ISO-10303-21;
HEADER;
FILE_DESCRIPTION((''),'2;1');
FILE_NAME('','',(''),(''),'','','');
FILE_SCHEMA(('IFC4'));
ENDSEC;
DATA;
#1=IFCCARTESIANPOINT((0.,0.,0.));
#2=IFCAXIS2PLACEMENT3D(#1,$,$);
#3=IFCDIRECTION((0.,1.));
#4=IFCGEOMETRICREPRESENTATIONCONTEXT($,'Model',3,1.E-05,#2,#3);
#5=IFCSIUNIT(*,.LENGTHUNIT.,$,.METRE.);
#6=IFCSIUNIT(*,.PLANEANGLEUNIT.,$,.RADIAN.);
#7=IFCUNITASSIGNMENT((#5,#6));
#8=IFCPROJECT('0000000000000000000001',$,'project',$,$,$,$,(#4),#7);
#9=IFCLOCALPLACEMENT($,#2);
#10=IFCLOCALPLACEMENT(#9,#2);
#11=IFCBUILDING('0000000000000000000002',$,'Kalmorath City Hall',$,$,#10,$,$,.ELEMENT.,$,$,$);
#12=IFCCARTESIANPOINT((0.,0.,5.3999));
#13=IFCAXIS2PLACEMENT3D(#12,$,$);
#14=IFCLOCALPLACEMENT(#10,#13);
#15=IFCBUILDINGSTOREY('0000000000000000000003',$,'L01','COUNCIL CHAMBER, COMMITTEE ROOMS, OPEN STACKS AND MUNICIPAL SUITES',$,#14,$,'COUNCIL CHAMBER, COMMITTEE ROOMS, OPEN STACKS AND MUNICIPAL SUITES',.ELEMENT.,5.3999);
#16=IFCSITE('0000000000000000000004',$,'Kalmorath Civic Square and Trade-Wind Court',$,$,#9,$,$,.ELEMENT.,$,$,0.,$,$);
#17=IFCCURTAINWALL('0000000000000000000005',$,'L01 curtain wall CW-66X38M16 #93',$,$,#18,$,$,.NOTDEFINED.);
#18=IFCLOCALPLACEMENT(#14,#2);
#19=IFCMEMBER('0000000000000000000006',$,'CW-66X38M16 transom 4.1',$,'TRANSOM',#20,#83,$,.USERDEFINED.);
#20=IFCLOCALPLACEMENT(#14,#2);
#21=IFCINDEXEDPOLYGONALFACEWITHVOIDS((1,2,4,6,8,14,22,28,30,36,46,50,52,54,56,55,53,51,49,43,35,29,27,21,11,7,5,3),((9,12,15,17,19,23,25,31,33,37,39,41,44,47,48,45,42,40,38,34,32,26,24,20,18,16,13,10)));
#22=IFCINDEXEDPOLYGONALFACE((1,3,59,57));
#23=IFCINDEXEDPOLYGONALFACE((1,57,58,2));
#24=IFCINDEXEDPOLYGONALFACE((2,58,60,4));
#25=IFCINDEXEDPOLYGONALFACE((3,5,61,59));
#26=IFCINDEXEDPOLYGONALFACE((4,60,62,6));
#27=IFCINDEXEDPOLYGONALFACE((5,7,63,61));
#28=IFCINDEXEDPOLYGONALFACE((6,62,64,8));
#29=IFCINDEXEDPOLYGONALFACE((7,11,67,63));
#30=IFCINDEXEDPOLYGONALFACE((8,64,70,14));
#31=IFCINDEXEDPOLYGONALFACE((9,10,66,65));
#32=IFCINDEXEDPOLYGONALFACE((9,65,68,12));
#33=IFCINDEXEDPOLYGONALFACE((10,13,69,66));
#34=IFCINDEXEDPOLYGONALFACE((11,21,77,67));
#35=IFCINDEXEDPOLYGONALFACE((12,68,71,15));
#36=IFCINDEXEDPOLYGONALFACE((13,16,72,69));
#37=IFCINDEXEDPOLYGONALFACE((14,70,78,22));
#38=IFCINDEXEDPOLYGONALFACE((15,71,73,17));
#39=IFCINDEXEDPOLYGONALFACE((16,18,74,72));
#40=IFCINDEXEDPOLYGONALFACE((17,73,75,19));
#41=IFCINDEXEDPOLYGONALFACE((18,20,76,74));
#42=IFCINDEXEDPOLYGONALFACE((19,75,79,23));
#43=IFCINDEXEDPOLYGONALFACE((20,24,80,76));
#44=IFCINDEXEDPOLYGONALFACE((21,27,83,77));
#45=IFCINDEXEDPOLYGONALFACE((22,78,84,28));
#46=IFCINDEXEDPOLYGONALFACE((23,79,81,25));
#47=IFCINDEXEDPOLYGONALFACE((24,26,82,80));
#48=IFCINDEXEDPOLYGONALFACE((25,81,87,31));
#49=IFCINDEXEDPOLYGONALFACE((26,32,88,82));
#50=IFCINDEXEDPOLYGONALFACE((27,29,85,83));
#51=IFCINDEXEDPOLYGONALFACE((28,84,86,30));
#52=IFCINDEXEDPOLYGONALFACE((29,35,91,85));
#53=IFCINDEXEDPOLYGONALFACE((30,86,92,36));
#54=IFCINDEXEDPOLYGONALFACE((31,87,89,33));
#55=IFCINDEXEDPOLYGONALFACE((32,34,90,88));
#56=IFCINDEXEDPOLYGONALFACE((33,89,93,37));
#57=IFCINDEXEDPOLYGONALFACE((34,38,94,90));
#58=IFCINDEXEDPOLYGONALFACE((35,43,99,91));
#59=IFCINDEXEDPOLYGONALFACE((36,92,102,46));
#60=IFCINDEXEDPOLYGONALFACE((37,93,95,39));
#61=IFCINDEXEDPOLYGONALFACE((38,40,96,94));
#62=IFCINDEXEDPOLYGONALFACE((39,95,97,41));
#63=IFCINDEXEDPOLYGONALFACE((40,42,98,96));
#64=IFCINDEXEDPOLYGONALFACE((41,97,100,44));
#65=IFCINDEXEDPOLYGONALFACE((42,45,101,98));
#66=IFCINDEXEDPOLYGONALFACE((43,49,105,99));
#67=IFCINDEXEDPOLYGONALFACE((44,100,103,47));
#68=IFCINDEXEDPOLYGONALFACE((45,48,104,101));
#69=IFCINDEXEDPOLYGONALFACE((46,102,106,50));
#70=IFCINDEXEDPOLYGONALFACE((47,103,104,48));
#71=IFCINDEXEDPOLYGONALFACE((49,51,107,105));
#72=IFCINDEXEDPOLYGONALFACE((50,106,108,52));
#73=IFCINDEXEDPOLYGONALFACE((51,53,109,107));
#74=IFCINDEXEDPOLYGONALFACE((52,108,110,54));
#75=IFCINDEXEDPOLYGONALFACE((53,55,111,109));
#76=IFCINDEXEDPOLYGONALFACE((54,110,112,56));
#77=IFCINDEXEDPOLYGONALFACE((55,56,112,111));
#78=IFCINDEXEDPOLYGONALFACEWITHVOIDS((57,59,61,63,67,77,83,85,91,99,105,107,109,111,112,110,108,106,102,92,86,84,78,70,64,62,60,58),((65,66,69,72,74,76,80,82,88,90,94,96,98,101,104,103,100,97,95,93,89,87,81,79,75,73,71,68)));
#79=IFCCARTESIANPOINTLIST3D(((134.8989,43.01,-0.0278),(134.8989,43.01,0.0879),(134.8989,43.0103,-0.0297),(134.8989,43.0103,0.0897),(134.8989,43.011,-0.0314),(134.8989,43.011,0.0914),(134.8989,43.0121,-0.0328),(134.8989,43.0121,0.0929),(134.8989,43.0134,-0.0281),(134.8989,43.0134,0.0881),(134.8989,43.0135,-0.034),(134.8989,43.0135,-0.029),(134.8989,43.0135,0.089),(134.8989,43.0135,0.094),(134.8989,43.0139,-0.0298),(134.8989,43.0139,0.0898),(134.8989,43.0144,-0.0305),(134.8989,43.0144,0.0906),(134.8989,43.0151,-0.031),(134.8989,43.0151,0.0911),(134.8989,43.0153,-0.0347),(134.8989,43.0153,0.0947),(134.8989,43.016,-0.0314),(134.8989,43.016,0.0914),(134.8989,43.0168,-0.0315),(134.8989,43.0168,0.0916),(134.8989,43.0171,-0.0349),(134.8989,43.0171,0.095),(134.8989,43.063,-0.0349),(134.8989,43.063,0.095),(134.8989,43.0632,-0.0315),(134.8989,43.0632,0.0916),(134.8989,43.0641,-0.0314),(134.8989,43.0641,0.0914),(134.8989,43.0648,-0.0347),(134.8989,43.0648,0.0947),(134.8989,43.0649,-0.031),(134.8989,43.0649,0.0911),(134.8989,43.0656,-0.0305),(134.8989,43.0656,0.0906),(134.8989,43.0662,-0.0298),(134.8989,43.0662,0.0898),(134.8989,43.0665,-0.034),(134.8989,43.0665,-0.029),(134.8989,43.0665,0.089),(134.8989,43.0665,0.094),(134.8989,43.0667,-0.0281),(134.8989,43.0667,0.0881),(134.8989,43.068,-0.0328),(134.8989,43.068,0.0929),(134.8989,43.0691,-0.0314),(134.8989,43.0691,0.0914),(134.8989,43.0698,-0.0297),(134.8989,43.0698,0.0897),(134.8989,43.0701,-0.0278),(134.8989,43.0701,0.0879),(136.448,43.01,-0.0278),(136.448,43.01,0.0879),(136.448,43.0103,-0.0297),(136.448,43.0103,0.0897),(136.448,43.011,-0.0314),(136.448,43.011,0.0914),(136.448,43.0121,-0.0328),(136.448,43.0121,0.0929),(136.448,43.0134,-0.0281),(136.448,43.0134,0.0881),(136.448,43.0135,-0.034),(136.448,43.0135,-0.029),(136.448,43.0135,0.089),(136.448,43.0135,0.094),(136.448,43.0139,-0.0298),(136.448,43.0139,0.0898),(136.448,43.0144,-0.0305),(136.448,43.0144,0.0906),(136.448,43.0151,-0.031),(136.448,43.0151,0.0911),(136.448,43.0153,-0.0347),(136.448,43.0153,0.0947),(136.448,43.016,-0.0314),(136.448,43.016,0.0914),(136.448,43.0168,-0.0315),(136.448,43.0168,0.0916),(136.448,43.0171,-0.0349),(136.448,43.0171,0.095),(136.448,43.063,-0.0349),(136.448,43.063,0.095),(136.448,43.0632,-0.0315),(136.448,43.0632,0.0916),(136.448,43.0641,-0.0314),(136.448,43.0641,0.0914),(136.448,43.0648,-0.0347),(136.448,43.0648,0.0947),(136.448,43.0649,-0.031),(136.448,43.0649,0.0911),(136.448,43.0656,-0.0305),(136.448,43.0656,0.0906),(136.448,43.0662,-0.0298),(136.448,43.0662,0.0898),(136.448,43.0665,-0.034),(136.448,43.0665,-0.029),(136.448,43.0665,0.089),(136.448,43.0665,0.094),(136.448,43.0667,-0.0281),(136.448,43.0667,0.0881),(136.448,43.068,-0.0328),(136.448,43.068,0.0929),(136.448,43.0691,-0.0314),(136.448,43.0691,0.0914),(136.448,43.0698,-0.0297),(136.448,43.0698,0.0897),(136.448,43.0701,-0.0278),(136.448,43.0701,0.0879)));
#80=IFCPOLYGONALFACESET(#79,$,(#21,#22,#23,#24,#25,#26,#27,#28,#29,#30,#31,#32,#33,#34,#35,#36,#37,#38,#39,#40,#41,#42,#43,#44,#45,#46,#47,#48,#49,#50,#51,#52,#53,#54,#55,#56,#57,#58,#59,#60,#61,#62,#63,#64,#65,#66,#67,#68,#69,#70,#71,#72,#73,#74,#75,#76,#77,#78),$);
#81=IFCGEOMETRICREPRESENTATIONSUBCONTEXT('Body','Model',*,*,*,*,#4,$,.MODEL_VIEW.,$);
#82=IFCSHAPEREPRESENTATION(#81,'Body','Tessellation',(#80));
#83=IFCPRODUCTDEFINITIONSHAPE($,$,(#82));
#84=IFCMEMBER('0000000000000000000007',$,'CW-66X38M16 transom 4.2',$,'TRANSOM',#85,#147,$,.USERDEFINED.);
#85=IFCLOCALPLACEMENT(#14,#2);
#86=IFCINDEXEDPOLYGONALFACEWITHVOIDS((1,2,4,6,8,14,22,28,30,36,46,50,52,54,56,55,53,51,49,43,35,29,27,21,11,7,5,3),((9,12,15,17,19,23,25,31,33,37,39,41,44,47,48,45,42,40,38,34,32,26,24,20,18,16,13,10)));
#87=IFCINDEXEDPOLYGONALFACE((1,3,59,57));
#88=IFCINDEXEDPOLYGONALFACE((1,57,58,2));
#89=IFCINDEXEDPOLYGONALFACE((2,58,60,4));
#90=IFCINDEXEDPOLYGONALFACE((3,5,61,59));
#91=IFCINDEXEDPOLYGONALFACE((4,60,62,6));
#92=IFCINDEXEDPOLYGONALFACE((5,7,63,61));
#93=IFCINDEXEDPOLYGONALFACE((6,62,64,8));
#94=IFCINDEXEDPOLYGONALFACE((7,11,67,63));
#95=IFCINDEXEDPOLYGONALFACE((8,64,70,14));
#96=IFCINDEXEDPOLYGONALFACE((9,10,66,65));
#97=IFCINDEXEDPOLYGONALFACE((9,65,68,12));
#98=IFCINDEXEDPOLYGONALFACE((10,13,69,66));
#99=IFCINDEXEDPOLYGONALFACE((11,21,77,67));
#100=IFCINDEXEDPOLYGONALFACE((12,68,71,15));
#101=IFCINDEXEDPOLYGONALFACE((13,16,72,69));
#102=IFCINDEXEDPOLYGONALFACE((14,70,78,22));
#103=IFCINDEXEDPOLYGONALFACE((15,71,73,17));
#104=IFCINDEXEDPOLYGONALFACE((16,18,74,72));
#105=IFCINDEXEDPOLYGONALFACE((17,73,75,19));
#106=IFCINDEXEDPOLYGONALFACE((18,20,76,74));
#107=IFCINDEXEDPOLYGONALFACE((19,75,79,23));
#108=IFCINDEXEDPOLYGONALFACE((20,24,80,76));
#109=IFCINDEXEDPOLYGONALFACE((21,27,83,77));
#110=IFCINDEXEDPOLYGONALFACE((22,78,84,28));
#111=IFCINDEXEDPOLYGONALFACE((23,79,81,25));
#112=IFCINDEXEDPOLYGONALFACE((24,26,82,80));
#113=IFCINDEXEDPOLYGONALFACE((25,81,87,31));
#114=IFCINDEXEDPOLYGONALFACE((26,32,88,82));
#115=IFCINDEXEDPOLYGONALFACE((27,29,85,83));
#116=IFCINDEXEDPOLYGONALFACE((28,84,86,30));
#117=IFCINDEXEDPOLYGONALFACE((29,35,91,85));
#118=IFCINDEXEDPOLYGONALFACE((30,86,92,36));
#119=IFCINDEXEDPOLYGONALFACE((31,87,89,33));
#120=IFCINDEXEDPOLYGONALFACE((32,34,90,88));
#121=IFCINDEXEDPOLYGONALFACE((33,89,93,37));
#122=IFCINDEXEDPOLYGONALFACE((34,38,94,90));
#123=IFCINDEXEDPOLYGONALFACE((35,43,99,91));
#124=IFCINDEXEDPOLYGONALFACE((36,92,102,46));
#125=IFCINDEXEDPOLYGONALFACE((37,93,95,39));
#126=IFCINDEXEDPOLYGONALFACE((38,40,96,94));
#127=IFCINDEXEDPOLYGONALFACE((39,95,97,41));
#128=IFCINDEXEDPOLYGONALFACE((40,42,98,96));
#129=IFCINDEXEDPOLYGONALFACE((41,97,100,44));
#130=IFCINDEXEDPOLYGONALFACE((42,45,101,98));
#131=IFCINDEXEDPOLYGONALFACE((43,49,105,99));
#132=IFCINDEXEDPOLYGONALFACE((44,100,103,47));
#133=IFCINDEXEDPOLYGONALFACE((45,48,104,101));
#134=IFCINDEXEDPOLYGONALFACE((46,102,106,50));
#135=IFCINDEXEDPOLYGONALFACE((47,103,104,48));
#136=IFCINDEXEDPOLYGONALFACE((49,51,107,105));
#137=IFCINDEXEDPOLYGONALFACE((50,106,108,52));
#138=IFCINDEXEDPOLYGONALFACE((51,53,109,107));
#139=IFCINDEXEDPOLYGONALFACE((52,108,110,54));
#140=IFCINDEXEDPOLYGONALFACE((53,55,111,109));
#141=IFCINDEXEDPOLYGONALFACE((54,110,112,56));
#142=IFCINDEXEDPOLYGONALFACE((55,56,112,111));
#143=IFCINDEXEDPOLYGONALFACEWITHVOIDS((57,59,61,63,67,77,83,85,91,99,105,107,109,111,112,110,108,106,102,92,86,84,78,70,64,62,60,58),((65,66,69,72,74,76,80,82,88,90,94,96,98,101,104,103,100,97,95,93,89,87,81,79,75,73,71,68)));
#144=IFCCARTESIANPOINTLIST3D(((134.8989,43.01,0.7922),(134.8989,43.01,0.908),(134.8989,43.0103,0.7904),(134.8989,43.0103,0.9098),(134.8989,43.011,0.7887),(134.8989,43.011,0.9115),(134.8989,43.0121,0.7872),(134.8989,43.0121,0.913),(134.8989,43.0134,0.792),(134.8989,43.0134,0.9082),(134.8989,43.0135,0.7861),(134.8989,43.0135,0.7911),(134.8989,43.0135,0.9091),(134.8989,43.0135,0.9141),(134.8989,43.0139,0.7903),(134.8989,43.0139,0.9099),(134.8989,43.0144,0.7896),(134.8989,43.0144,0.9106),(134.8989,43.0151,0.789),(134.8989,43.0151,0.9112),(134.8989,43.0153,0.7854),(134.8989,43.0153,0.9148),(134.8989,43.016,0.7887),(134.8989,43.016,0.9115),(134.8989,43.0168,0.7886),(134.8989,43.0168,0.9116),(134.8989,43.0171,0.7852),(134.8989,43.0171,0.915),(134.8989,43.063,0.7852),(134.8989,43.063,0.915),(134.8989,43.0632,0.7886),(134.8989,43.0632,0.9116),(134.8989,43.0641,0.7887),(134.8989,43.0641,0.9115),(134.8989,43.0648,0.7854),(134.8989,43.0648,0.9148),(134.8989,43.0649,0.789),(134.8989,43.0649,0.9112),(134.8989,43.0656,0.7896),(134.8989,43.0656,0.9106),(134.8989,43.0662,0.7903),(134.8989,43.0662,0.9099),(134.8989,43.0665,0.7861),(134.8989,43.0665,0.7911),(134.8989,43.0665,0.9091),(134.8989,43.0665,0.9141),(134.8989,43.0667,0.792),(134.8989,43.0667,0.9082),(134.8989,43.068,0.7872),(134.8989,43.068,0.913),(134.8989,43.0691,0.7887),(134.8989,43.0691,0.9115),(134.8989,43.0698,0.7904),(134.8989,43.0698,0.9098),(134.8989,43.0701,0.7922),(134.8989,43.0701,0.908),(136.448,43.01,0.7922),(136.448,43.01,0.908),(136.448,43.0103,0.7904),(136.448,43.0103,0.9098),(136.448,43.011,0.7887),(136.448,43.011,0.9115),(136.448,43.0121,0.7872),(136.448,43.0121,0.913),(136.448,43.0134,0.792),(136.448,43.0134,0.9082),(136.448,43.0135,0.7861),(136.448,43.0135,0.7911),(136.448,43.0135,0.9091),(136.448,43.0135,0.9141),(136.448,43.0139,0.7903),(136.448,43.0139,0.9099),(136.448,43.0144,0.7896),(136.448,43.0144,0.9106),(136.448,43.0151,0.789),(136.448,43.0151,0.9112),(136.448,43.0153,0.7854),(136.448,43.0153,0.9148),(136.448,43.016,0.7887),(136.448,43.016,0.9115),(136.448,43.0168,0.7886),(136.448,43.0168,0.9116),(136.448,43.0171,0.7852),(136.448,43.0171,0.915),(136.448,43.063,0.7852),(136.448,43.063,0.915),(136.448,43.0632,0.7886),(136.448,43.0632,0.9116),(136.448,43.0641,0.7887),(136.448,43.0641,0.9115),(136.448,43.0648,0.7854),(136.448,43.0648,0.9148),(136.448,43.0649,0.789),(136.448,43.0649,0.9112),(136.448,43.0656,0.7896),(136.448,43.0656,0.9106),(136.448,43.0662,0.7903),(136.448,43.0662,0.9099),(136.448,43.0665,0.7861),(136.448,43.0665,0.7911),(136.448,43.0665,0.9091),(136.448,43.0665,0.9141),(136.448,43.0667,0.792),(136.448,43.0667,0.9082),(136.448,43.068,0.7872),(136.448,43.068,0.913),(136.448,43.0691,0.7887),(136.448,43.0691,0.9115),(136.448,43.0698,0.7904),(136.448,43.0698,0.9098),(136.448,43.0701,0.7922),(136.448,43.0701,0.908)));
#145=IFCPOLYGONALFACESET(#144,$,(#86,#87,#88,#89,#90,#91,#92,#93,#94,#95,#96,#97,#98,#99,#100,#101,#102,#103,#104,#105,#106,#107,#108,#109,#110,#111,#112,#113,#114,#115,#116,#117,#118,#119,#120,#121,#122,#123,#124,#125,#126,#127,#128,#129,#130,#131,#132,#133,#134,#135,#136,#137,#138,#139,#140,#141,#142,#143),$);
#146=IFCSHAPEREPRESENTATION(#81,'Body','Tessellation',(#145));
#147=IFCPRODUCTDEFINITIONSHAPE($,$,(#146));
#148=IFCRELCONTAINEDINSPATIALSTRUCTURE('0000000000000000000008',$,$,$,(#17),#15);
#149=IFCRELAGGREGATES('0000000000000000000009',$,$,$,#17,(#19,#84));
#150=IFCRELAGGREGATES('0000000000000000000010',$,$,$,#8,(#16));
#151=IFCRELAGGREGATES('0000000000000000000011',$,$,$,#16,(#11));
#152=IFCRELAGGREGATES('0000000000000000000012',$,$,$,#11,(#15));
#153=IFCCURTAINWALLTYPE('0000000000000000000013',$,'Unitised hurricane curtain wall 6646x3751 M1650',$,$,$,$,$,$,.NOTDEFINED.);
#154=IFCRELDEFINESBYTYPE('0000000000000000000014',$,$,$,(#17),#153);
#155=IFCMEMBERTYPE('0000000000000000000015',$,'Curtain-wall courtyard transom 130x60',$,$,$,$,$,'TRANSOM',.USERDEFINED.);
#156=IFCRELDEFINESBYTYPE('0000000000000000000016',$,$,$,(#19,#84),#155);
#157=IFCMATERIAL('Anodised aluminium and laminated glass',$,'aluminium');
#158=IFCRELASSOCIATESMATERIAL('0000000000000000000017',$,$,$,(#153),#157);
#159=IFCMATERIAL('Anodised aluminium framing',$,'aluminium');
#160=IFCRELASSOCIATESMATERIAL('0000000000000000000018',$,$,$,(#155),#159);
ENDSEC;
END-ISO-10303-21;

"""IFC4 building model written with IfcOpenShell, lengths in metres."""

from ifc_helpers import new_model, si_unit, direction, frame, origin, origin_2d, place, context, subcontext, project, spatial, hollow_rectangle, extrude, material, material_profile, profile_set, type_object, element, aggregate, save


model = new_model("IFC4")

# Units and contexts
model_context = context("Model", 3, precision=1e-05, world=origin(), true_north=direction((0.0, 1.0)))
body_context = subcontext(model_context, "Body", "Model", "MODEL_VIEW")
ifc_project = project(units=[si_unit("LENGTHUNIT", "METRE"), si_unit("PLANEANGLEUNIT", "RADIAN")], contexts=[model_context])

# Site, building, storey
site_placement = place(None, origin())
site = spatial("IfcSite", under=ifc_project, at=site_placement, Name="Kalmorath Civic Square and Trade-Wind Court", CompositionType="ELEMENT", RefElevation=0.0)
building_placement = place(site_placement, origin())
building = spatial("IfcBuilding", under=site, at=building_placement, Name="Kalmorath City Hall", CompositionType="ELEMENT")
storey_placement = place(building_placement, frame((0.0, 0.0, 5.3999)))
storey = spatial("IfcBuildingStorey", under=building, at=storey_placement, Name="L01", Description="COUNCIL CHAMBER, COMMITTEE ROOMS, OPEN STACKS AND MUNICIPAL SUITES", LongName="COUNCIL CHAMBER, COMMITTEE ROOMS, OPEN STACKS AND MUNICIPAL SUITES", CompositionType="ELEMENT", Elevation=5.3999)

# Curtain wall, members
ifc_material_1 = material(Name="Anodised aluminium and laminated glass", Category="aluminium")
curtain_wall_type_1 = type_object("IfcCurtainWallType", Name="Unitised hurricane curtain wall 6646x3751 M1650", PredefinedType="NOTDEFINED", material=ifc_material_1)
curtain_wall_1_placement = place(storey_placement, origin())
curtain_wall_1 = element("IfcCurtainWall", 1, at=curtain_wall_1_placement, inside=storey, type_object=curtain_wall_type_1, Name="L01 curtain wall CW-66X38M16 #93", PredefinedType="NOTDEFINED")
ifc_material_2 = material(Name="Anodised aluminium framing", Category="aluminium")
ifc_material_profile_1 = material_profile(ifc_material_2, hollow_rectangle(XDim=0.0601, YDim=0.1299, WallThickness=0.0034, InnerFilletRadius=0.0034, OuterFilletRadius=0.0071, at=origin_2d()), Name="ALU-TRN-130X60X3.5")
ifc_profile_set_1 = profile_set([ifc_material_profile_1], Name="Anodised aluminium framing")
member_type_1 = type_object("IfcMemberType", Name="Curtain-wall courtyard transom 130x60", ElementType="TRANSOM", PredefinedType="USERDEFINED", material=ifc_profile_set_1)
member_1_placement = place(storey_placement, frame((134.8989, 43.04, 0.03), z_axis=(1.0, 0.0, 0.0), x_axis=(0.0, 1.0, 0.0)))
member_1 = element("IfcMember", 2, at=member_1_placement, type_object=member_type_1, Name="CW-66X38M16 transom 4.1", ObjectType="TRANSOM", PredefinedType="USERDEFINED", context=body_context, shape_type="SweptSolid", body=[
    extrude(hollow_rectangle(XDim=0.0601, YDim=0.1299, WallThickness=0.0034, InnerFilletRadius=0.0034, OuterFilletRadius=0.0071, at=origin_2d()), origin(), (0.0, 0.0, 1.0), 1.5491),
])
member_2_placement = place(storey_placement, frame((134.8989, 43.04, 0.8501), z_axis=(1.0, 0.0, 0.0), x_axis=(0.0, 1.0, 0.0)))
member_2 = element("IfcMember", 3, at=member_2_placement, type_object=member_type_1, Name="CW-66X38M16 transom 4.2", ObjectType="TRANSOM", PredefinedType="USERDEFINED", context=body_context, shape_type="SweptSolid", body=[
    extrude(hollow_rectangle(XDim=0.0601, YDim=0.1299, WallThickness=0.0034, InnerFilletRadius=0.0034, OuterFilletRadius=0.0071, at=origin_2d()), origin(), (0.0, 0.0, 1.0), 1.5491),
])

aggregate(curtain_wall_1, [member_1, member_2])

save(model, "model.ifc")
